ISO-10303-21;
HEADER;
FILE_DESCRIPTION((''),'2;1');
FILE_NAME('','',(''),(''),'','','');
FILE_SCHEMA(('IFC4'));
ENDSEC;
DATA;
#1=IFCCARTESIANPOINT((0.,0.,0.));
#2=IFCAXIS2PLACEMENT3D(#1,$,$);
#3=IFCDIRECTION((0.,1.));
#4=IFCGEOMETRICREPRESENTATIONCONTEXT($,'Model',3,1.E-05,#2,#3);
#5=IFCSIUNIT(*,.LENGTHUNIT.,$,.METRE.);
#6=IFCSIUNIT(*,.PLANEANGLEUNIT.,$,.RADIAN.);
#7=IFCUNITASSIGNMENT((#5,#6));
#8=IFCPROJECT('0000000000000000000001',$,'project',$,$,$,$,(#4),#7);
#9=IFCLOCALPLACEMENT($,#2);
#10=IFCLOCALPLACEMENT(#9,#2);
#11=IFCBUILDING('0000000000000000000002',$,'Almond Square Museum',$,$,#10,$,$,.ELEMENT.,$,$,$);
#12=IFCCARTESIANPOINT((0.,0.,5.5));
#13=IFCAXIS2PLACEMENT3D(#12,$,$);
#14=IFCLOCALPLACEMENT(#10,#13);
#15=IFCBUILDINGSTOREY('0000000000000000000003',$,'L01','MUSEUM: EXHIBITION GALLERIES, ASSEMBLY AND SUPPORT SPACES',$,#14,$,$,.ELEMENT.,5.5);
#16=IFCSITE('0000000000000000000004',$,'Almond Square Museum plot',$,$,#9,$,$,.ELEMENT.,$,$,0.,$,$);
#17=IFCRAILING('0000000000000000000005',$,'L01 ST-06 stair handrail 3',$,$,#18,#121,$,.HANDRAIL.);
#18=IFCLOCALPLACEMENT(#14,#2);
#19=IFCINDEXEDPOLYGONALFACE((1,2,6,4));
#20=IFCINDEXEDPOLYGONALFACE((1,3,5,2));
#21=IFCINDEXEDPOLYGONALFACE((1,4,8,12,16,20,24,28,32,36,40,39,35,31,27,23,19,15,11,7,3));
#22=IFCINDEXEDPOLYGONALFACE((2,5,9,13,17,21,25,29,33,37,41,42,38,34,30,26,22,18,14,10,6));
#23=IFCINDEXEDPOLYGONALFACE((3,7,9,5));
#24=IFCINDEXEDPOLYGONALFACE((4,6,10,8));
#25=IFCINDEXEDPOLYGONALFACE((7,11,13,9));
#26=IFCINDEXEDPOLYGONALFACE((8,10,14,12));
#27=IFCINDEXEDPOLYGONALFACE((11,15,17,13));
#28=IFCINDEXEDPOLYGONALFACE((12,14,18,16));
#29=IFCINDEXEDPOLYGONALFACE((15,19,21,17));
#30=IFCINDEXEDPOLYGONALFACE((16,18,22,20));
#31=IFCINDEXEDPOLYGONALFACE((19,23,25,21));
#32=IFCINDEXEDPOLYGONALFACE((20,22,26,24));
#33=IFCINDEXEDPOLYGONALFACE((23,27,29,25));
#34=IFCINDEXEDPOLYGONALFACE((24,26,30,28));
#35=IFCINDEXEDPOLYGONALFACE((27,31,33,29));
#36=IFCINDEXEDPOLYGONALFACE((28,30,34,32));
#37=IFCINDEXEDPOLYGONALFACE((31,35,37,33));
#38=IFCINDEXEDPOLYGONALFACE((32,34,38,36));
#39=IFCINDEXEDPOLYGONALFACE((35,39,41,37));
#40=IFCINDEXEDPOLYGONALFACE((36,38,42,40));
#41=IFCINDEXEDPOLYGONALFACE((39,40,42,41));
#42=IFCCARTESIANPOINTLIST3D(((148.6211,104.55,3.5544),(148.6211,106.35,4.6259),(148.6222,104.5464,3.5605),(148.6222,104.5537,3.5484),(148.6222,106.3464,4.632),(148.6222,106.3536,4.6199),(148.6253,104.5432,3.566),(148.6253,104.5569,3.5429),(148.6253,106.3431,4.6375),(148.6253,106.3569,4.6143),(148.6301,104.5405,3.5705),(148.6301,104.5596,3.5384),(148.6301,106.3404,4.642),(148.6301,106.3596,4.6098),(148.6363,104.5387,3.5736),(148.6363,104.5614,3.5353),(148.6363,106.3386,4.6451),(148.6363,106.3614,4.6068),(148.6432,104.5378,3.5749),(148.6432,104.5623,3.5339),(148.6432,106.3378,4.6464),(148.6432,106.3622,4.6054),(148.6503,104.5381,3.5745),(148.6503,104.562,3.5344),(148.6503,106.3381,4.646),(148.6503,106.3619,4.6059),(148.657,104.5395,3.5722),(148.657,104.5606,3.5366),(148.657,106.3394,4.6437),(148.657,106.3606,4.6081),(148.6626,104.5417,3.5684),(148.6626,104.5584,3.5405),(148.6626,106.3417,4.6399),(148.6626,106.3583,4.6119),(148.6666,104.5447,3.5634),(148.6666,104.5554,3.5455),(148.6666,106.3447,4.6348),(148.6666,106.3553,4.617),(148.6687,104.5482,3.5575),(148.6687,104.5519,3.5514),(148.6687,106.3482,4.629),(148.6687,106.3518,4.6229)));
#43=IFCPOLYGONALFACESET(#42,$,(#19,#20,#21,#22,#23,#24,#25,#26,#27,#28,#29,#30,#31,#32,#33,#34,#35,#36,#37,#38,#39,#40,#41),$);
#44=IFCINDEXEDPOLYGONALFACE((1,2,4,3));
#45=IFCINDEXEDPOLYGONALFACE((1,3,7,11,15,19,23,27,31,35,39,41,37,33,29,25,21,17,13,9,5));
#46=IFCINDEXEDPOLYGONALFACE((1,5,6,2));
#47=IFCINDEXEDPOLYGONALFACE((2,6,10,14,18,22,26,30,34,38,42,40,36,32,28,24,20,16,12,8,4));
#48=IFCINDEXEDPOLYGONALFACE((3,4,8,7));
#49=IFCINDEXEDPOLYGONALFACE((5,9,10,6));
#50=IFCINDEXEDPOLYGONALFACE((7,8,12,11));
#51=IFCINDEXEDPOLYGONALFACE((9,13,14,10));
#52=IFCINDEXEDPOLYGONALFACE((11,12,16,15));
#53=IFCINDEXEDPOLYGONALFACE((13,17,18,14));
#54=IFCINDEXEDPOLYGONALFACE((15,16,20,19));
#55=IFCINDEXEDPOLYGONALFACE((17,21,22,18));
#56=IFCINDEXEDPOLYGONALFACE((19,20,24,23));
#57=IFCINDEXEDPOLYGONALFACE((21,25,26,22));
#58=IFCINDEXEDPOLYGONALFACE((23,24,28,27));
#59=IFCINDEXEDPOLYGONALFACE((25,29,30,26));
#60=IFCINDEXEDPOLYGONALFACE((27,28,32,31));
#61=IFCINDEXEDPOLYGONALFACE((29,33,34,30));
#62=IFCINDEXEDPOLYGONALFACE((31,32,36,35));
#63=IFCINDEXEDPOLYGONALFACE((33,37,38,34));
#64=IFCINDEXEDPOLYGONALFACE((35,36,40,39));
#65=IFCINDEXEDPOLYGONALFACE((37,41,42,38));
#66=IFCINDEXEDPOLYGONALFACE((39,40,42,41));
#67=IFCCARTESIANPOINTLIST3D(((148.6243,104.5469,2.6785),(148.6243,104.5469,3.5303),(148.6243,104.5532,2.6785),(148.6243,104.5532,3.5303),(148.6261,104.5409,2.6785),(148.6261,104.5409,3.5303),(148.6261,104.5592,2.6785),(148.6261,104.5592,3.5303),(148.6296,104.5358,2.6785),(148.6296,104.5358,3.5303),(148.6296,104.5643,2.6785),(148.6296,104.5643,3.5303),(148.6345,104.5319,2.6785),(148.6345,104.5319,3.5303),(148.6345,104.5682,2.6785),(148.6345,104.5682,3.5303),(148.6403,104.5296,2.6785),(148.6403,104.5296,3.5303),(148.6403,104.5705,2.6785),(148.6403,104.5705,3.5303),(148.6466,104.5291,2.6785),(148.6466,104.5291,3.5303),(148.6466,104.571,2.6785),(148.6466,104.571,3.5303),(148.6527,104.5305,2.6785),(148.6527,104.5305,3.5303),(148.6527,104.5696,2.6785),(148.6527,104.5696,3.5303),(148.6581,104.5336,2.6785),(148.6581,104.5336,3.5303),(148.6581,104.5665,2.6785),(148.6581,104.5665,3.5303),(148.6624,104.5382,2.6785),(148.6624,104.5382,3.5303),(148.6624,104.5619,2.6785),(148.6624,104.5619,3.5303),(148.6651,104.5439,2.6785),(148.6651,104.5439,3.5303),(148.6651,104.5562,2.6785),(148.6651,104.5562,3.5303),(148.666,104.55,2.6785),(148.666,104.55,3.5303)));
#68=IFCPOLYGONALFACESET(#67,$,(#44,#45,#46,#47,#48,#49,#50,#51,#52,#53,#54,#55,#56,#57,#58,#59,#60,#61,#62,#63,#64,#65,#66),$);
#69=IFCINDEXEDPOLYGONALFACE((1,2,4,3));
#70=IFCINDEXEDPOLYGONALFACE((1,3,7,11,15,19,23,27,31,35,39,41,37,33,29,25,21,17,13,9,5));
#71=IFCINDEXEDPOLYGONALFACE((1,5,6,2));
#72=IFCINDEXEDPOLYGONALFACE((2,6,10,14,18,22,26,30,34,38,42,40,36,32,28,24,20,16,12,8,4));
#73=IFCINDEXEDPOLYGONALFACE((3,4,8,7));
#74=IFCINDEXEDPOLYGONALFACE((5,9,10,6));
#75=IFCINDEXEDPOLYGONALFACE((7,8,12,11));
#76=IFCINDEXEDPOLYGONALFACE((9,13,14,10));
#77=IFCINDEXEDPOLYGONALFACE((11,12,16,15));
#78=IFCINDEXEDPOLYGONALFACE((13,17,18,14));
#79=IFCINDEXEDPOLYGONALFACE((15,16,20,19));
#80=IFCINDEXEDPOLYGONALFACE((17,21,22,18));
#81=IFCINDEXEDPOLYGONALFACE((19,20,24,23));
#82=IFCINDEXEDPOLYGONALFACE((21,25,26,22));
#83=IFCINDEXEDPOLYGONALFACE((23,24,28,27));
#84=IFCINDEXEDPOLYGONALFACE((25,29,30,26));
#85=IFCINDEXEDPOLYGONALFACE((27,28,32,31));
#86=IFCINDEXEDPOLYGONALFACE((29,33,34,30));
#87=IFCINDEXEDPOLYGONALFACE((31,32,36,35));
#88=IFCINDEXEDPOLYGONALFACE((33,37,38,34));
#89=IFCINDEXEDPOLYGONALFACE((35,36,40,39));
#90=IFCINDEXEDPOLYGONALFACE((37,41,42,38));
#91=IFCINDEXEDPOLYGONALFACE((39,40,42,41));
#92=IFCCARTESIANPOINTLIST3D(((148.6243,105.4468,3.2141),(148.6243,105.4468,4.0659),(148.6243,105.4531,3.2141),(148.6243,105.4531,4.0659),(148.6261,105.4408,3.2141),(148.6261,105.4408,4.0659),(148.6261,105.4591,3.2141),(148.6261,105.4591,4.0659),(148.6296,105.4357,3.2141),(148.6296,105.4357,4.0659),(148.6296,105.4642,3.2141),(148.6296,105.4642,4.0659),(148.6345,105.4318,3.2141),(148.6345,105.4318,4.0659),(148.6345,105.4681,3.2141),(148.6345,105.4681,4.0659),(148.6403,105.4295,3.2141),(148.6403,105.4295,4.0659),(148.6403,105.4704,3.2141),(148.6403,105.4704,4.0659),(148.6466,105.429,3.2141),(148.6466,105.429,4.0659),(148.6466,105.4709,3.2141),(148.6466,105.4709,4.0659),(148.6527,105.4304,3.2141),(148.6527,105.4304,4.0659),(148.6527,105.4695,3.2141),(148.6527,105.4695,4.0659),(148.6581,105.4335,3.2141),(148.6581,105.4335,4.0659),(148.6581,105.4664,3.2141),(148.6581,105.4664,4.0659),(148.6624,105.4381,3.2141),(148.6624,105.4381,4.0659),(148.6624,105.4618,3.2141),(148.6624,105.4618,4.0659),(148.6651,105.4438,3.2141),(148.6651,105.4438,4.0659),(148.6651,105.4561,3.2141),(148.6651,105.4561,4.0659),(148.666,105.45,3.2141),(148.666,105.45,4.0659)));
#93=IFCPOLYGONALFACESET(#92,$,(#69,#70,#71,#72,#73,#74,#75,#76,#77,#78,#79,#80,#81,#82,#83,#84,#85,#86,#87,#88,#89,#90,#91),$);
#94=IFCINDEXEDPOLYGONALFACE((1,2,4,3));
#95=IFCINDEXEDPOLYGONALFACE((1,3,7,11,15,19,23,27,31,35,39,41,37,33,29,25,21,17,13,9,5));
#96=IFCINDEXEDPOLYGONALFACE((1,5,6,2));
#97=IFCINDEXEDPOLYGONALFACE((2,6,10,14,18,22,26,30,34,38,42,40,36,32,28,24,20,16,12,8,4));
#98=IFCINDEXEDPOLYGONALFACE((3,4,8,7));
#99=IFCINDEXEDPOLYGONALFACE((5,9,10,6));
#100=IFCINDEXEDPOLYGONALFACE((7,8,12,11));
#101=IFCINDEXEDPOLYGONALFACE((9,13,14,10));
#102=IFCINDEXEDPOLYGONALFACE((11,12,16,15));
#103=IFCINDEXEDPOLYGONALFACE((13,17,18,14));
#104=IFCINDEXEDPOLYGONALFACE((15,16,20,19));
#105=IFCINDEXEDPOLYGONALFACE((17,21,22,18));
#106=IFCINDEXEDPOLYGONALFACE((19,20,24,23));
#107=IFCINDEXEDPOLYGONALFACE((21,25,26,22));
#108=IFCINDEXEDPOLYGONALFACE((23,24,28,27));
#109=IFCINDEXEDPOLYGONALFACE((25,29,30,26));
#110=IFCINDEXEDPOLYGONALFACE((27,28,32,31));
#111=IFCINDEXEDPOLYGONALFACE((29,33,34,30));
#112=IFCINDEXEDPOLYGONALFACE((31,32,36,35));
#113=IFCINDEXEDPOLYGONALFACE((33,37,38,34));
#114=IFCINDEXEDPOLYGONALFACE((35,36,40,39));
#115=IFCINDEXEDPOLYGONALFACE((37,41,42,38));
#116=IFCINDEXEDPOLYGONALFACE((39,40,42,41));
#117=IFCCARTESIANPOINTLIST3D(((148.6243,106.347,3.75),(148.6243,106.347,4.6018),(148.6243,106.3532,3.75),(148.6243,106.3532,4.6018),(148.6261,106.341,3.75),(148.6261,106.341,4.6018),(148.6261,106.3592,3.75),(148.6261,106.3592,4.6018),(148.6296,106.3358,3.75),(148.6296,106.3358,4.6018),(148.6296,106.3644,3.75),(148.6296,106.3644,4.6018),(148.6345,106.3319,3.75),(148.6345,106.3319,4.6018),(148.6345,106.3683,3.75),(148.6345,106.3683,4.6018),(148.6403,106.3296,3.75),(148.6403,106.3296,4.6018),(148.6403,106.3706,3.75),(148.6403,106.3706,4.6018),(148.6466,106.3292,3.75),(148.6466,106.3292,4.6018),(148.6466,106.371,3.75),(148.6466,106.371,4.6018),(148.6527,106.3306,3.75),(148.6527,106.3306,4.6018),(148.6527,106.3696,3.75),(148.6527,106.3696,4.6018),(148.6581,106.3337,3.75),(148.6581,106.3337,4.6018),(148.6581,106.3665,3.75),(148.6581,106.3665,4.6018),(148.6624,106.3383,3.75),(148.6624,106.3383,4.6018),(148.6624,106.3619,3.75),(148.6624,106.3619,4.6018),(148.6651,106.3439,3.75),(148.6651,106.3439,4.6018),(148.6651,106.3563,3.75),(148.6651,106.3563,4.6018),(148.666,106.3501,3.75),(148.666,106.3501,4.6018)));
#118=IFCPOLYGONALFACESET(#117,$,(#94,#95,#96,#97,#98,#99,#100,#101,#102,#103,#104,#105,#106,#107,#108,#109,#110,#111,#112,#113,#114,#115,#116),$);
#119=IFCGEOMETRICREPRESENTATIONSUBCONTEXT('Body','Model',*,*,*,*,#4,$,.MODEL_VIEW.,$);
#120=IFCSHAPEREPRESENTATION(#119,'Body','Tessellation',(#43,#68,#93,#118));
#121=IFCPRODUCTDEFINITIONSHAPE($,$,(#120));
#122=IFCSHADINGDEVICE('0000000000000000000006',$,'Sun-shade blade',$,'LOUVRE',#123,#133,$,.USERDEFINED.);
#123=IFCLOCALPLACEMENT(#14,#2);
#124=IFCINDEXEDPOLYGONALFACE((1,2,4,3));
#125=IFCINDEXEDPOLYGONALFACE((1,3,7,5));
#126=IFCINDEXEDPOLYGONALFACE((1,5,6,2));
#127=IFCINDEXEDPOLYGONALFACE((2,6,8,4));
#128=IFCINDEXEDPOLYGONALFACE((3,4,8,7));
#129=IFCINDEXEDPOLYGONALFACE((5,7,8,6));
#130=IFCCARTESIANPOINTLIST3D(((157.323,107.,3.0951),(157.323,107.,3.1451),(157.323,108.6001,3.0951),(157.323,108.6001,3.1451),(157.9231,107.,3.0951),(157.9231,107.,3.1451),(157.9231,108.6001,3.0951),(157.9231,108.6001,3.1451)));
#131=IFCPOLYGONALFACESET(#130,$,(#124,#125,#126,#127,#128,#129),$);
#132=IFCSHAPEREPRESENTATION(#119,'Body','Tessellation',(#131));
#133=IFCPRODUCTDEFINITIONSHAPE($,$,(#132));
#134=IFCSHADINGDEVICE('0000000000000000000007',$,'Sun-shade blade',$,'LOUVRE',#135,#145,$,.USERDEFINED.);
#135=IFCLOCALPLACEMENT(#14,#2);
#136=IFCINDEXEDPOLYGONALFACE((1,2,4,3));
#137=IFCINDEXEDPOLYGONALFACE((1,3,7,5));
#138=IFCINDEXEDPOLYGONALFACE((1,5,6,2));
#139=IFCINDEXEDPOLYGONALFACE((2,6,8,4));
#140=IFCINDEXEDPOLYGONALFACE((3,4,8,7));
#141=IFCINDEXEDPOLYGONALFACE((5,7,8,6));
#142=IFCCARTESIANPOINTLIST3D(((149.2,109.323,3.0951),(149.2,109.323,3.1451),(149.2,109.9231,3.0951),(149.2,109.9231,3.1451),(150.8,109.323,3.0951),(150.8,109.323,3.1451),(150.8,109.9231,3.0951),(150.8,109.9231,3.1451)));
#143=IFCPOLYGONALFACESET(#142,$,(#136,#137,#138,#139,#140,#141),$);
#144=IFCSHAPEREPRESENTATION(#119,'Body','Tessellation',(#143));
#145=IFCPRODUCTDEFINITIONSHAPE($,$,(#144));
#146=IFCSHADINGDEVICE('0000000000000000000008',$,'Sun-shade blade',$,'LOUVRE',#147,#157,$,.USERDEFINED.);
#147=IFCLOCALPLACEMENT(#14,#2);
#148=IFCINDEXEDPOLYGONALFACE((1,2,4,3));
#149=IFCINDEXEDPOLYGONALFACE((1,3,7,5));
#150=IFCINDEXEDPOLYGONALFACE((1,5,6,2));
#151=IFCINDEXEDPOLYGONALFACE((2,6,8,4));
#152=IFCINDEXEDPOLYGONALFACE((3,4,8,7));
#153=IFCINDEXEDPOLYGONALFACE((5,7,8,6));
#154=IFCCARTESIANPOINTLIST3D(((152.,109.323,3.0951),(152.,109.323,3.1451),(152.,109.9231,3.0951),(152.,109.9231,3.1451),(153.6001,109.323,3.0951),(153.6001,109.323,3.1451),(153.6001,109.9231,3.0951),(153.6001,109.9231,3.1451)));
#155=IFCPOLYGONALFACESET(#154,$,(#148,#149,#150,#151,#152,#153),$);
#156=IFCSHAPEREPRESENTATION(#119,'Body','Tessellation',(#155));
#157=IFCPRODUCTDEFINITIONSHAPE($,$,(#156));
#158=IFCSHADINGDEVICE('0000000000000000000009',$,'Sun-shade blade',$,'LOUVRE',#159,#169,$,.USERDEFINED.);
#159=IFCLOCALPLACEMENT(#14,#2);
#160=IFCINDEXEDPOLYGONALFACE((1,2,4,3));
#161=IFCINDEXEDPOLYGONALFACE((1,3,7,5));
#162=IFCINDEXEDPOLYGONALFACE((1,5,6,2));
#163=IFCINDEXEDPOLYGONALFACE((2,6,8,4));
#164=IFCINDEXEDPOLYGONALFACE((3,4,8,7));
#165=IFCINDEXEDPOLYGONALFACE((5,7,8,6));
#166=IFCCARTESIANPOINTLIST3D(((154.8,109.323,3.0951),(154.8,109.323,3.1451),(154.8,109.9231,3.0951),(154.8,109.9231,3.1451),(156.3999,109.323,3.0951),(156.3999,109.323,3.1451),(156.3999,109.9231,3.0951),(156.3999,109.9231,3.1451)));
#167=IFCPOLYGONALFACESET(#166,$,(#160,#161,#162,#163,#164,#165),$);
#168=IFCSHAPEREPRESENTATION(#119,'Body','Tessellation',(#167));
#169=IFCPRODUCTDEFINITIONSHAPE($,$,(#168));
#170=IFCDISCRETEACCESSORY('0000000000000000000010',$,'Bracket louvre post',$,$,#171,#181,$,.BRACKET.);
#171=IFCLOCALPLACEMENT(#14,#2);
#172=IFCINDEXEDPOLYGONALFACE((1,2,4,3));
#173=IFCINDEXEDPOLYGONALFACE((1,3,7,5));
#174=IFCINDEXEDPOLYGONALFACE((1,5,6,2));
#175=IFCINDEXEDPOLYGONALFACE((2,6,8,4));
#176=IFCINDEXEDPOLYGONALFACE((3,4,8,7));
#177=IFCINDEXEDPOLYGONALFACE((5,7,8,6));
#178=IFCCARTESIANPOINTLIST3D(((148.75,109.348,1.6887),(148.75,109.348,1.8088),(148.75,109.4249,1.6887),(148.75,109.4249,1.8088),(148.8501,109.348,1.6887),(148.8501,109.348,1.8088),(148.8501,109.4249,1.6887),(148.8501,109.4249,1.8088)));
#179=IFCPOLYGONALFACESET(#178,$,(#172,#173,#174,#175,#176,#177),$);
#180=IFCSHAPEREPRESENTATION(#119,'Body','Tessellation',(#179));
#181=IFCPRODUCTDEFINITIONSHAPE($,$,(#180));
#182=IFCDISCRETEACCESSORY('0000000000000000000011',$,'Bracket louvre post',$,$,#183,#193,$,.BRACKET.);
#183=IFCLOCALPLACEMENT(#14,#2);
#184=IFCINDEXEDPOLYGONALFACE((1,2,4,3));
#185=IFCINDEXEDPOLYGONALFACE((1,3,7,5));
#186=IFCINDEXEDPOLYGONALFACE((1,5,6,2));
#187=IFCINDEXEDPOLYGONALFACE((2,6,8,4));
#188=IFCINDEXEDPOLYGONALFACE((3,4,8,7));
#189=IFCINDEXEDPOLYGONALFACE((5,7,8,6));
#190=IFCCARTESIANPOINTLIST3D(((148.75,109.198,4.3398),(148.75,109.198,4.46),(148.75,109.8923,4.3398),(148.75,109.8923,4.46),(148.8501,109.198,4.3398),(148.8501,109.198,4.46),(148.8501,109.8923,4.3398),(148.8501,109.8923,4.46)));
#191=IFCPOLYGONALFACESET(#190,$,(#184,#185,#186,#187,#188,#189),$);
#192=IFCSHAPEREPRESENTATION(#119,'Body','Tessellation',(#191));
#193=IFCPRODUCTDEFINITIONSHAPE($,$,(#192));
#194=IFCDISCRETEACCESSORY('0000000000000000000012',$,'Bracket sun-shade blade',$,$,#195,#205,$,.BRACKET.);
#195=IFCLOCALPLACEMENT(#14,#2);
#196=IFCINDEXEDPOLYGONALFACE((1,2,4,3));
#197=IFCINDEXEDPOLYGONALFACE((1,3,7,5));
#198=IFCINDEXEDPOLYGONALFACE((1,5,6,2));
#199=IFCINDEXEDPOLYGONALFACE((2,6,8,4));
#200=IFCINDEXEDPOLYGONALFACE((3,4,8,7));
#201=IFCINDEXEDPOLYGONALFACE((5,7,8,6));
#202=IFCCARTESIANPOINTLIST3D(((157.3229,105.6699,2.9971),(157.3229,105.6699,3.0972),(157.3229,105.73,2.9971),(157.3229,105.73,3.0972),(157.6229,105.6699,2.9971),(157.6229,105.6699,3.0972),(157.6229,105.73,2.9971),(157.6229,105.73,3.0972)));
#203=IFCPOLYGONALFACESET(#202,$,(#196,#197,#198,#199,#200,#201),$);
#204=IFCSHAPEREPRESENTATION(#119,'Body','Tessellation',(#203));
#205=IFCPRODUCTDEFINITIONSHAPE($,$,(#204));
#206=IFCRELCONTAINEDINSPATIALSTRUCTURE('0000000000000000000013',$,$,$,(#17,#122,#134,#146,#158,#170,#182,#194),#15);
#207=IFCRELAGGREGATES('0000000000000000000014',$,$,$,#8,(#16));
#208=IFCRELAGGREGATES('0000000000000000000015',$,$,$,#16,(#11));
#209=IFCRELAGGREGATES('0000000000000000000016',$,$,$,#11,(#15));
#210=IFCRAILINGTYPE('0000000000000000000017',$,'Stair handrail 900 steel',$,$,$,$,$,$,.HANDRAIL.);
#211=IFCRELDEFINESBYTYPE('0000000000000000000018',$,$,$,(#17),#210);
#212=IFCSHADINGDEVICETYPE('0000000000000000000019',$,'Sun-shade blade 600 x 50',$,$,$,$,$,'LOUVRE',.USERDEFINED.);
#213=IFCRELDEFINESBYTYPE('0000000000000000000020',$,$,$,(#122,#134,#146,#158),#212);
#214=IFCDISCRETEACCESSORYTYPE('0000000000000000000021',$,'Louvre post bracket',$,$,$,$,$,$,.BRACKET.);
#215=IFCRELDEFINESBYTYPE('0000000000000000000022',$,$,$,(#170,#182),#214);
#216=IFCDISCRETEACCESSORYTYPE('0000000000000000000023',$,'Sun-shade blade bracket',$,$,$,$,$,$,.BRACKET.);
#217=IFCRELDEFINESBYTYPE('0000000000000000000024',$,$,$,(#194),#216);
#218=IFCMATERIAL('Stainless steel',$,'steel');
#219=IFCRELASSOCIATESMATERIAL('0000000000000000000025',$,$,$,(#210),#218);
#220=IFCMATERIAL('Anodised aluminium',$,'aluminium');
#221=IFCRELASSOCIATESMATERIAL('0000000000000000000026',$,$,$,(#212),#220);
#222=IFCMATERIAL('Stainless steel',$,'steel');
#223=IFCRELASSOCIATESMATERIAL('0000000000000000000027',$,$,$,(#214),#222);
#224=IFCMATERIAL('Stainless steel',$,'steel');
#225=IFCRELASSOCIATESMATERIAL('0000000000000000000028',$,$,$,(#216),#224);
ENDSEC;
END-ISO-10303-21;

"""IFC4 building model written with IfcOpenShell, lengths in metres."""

from ifc_helpers import new_model, si_unit, direction, frame, origin, origin_2d, place, context, subcontext, project, spatial, rectangle, circle, extrude, material, material_profile, profile_set, type_object, element, save


model = new_model("IFC4")

# Units and contexts
model_context = context("Model", 3, precision=1e-05, world=origin(), true_north=direction((0.0, 1.0)))
body_context = subcontext(model_context, "Body", "Model", "MODEL_VIEW")
ifc_project = project(units=[si_unit("LENGTHUNIT", "METRE"), si_unit("PLANEANGLEUNIT", "RADIAN")], contexts=[model_context])

# Site, building, storey
site_placement = place(None, origin())
site = spatial("IfcSite", under=ifc_project, at=site_placement, Name="Almond Square Museum plot", CompositionType="ELEMENT", RefElevation=0.0)
building_placement = place(site_placement, origin())
building = spatial("IfcBuilding", under=site, at=building_placement, Name="Almond Square Museum", CompositionType="ELEMENT")
storey_placement = place(building_placement, frame((0.0, 0.0, 5.5)))
storey = spatial("IfcBuildingStorey", under=building, at=storey_placement, Name="L01", Description="MUSEUM: EXHIBITION GALLERIES, ASSEMBLY AND SUPPORT SPACES", CompositionType="ELEMENT", Elevation=5.5)

# Railing
ifc_material_1 = material(Name="Stainless steel", Category="steel")
railing_type = type_object("IfcRailingType", Name="Stair handrail 900 steel", PredefinedType="HANDRAIL", material=ifc_material_1)
for number, where, name in (
    (1, (148.645, 104.55, 2.6785), "L01 ST-06 stair handrail 3"),
):
    element("IfcRailing", number, at=place(storey_placement, frame(where)), inside=storey, type_object=railing_type, Name=name, PredefinedType="HANDRAIL", context=body_context, shape_type="SweptSolid", body=[
        extrude(circle(Radius=0.0239, at=origin_2d()), frame((0.0, 0.0, 0.876), z_axis=(0.0, 0.859277, 0.51151), x_axis=(-1.0, 0.0, 0.0)), (0.0, 0.0, 1.0), 2.0947),
        extrude(circle(Radius=0.021, at=origin_2d()), origin(), (0.0, 0.0, 1.0), 0.8518),
        extrude(circle(Radius=0.021, at=origin_2d()), frame((0.0, 0.8999, 0.5356)), (0.0, 0.0, 1.0), 0.8518),
        extrude(circle(Radius=0.021, at=origin_2d()), frame((0.0, 1.8, 1.0715)), (0.0, 0.0, 1.0), 0.8518),
    ])

# Shading devices
ifc_material_2 = material(Name="Anodised aluminium", Category="aluminium")
ifc_material_profile_1 = material_profile(ifc_material_2, rectangle(XDim=0.6001, YDim=0.05, at=origin_2d()))
ifc_profile_set_1 = profile_set([ifc_material_profile_1], Name="Anodised aluminium")
shading_device_type_1 = type_object("IfcShadingDeviceType", Name="Sun-shade blade 600 x 50", ElementType="LOUVRE", PredefinedType="USERDEFINED", material=ifc_profile_set_1)
for number, where, z_axis, x_axis, name in (
    (2, (157.623, 107.0, 3.1201), (0.0, 1.0, 0.0), (-1.0, 0.0, 0.0), "Sun-shade blade"),
    (3, (149.2, 109.623, 3.1201), (1.0, 0.0, 0.0), (0.0, 1.0, 0.0), "Sun-shade blade"),
    (4, (152.0, 109.623, 3.1201), (1.0, 0.0, 0.0), (0.0, 1.0, 0.0), "Sun-shade blade"),
):
    element("IfcShadingDevice", number, at=place(storey_placement, frame(where, z_axis=z_axis, x_axis=x_axis)), inside=storey, type_object=shading_device_type_1, Name=name, ObjectType="LOUVRE", PredefinedType="USERDEFINED", context=body_context, shape_type="SweptSolid", body=[
        extrude(rectangle(XDim=0.6001, YDim=0.05, at=origin_2d()), origin(), (0.0, 0.0, 1.0), 1.6001),
    ])
shading_device_1_placement = place(storey_placement, frame((154.8, 109.623, 3.1201), z_axis=(1.0, 0.0, 0.0), x_axis=(0.0, 1.0, 0.0)))
element("IfcShadingDevice", 5, at=shading_device_1_placement, inside=storey, type_object=shading_device_type_1, Name="Sun-shade blade", ObjectType="LOUVRE", PredefinedType="USERDEFINED", context=body_context, shape_type="SweptSolid", body=[
    extrude(rectangle(XDim=0.6001, YDim=0.05, at=origin_2d()), origin(), (0.0, 0.0, 1.0), 1.5999),
])

# Discrete accessories
ifc_material_3 = material(Name="Stainless steel", Category="steel")
discrete_accessory_type_1 = type_object("IfcDiscreteAccessoryType", Name="Louvre post bracket", PredefinedType="BRACKET", material=ifc_material_3)
discrete_accessory_1_placement = place(storey_placement, frame((148.8, 109.3865, 1.6887), z_axis=(0.0, 0.0, 1.0), x_axis=(1.0, 0.0, 0.0)))
element("IfcDiscreteAccessory", 6, at=discrete_accessory_1_placement, inside=storey, type_object=discrete_accessory_type_1, Name="Bracket louvre post", PredefinedType="BRACKET", context=body_context, shape_type="SweptSolid", body=[
    extrude(rectangle(XDim=0.1001, YDim=0.0769, at=origin_2d()), origin(), (0.0, 0.0, 1.0), 0.1201),
])
discrete_accessory_2_placement = place(storey_placement, frame((148.8, 109.5452, 4.3398), z_axis=(0.0, 0.0, 1.0), x_axis=(1.0, 0.0, 0.0)))
element("IfcDiscreteAccessory", 7, at=discrete_accessory_2_placement, inside=storey, type_object=discrete_accessory_type_1, Name="Bracket louvre post", PredefinedType="BRACKET", context=body_context, shape_type="SweptSolid", body=[
    extrude(rectangle(XDim=0.1001, YDim=0.6943, at=origin_2d()), origin(), (0.0, 0.0, 1.0), 0.1201),
])
ifc_material_4 = material(Name="Stainless steel", Category="steel")
discrete_accessory_type_2 = type_object("IfcDiscreteAccessoryType", Name="Sun-shade blade bracket", PredefinedType="BRACKET", material=ifc_material_4)
for number, where, z_axis, x_axis, name in (
    (8, (157.4729, 105.7, 2.9971), (0.0, 0.0, 1.0), (1.0, 0.0, 0.0), "Bracket sun-shade blade"),
):
    element("IfcDiscreteAccessory", number, at=place(storey_placement, frame(where, z_axis=z_axis, x_axis=x_axis)), inside=storey, type_object=discrete_accessory_type_2, Name=name, PredefinedType="BRACKET", context=body_context, shape_type="SweptSolid", body=[
        extrude(rectangle(XDim=0.3, YDim=0.0601, at=origin_2d()), origin(), (0.0, 0.0, 1.0), 0.1001),
    ])

save(model, "model.ifc")
